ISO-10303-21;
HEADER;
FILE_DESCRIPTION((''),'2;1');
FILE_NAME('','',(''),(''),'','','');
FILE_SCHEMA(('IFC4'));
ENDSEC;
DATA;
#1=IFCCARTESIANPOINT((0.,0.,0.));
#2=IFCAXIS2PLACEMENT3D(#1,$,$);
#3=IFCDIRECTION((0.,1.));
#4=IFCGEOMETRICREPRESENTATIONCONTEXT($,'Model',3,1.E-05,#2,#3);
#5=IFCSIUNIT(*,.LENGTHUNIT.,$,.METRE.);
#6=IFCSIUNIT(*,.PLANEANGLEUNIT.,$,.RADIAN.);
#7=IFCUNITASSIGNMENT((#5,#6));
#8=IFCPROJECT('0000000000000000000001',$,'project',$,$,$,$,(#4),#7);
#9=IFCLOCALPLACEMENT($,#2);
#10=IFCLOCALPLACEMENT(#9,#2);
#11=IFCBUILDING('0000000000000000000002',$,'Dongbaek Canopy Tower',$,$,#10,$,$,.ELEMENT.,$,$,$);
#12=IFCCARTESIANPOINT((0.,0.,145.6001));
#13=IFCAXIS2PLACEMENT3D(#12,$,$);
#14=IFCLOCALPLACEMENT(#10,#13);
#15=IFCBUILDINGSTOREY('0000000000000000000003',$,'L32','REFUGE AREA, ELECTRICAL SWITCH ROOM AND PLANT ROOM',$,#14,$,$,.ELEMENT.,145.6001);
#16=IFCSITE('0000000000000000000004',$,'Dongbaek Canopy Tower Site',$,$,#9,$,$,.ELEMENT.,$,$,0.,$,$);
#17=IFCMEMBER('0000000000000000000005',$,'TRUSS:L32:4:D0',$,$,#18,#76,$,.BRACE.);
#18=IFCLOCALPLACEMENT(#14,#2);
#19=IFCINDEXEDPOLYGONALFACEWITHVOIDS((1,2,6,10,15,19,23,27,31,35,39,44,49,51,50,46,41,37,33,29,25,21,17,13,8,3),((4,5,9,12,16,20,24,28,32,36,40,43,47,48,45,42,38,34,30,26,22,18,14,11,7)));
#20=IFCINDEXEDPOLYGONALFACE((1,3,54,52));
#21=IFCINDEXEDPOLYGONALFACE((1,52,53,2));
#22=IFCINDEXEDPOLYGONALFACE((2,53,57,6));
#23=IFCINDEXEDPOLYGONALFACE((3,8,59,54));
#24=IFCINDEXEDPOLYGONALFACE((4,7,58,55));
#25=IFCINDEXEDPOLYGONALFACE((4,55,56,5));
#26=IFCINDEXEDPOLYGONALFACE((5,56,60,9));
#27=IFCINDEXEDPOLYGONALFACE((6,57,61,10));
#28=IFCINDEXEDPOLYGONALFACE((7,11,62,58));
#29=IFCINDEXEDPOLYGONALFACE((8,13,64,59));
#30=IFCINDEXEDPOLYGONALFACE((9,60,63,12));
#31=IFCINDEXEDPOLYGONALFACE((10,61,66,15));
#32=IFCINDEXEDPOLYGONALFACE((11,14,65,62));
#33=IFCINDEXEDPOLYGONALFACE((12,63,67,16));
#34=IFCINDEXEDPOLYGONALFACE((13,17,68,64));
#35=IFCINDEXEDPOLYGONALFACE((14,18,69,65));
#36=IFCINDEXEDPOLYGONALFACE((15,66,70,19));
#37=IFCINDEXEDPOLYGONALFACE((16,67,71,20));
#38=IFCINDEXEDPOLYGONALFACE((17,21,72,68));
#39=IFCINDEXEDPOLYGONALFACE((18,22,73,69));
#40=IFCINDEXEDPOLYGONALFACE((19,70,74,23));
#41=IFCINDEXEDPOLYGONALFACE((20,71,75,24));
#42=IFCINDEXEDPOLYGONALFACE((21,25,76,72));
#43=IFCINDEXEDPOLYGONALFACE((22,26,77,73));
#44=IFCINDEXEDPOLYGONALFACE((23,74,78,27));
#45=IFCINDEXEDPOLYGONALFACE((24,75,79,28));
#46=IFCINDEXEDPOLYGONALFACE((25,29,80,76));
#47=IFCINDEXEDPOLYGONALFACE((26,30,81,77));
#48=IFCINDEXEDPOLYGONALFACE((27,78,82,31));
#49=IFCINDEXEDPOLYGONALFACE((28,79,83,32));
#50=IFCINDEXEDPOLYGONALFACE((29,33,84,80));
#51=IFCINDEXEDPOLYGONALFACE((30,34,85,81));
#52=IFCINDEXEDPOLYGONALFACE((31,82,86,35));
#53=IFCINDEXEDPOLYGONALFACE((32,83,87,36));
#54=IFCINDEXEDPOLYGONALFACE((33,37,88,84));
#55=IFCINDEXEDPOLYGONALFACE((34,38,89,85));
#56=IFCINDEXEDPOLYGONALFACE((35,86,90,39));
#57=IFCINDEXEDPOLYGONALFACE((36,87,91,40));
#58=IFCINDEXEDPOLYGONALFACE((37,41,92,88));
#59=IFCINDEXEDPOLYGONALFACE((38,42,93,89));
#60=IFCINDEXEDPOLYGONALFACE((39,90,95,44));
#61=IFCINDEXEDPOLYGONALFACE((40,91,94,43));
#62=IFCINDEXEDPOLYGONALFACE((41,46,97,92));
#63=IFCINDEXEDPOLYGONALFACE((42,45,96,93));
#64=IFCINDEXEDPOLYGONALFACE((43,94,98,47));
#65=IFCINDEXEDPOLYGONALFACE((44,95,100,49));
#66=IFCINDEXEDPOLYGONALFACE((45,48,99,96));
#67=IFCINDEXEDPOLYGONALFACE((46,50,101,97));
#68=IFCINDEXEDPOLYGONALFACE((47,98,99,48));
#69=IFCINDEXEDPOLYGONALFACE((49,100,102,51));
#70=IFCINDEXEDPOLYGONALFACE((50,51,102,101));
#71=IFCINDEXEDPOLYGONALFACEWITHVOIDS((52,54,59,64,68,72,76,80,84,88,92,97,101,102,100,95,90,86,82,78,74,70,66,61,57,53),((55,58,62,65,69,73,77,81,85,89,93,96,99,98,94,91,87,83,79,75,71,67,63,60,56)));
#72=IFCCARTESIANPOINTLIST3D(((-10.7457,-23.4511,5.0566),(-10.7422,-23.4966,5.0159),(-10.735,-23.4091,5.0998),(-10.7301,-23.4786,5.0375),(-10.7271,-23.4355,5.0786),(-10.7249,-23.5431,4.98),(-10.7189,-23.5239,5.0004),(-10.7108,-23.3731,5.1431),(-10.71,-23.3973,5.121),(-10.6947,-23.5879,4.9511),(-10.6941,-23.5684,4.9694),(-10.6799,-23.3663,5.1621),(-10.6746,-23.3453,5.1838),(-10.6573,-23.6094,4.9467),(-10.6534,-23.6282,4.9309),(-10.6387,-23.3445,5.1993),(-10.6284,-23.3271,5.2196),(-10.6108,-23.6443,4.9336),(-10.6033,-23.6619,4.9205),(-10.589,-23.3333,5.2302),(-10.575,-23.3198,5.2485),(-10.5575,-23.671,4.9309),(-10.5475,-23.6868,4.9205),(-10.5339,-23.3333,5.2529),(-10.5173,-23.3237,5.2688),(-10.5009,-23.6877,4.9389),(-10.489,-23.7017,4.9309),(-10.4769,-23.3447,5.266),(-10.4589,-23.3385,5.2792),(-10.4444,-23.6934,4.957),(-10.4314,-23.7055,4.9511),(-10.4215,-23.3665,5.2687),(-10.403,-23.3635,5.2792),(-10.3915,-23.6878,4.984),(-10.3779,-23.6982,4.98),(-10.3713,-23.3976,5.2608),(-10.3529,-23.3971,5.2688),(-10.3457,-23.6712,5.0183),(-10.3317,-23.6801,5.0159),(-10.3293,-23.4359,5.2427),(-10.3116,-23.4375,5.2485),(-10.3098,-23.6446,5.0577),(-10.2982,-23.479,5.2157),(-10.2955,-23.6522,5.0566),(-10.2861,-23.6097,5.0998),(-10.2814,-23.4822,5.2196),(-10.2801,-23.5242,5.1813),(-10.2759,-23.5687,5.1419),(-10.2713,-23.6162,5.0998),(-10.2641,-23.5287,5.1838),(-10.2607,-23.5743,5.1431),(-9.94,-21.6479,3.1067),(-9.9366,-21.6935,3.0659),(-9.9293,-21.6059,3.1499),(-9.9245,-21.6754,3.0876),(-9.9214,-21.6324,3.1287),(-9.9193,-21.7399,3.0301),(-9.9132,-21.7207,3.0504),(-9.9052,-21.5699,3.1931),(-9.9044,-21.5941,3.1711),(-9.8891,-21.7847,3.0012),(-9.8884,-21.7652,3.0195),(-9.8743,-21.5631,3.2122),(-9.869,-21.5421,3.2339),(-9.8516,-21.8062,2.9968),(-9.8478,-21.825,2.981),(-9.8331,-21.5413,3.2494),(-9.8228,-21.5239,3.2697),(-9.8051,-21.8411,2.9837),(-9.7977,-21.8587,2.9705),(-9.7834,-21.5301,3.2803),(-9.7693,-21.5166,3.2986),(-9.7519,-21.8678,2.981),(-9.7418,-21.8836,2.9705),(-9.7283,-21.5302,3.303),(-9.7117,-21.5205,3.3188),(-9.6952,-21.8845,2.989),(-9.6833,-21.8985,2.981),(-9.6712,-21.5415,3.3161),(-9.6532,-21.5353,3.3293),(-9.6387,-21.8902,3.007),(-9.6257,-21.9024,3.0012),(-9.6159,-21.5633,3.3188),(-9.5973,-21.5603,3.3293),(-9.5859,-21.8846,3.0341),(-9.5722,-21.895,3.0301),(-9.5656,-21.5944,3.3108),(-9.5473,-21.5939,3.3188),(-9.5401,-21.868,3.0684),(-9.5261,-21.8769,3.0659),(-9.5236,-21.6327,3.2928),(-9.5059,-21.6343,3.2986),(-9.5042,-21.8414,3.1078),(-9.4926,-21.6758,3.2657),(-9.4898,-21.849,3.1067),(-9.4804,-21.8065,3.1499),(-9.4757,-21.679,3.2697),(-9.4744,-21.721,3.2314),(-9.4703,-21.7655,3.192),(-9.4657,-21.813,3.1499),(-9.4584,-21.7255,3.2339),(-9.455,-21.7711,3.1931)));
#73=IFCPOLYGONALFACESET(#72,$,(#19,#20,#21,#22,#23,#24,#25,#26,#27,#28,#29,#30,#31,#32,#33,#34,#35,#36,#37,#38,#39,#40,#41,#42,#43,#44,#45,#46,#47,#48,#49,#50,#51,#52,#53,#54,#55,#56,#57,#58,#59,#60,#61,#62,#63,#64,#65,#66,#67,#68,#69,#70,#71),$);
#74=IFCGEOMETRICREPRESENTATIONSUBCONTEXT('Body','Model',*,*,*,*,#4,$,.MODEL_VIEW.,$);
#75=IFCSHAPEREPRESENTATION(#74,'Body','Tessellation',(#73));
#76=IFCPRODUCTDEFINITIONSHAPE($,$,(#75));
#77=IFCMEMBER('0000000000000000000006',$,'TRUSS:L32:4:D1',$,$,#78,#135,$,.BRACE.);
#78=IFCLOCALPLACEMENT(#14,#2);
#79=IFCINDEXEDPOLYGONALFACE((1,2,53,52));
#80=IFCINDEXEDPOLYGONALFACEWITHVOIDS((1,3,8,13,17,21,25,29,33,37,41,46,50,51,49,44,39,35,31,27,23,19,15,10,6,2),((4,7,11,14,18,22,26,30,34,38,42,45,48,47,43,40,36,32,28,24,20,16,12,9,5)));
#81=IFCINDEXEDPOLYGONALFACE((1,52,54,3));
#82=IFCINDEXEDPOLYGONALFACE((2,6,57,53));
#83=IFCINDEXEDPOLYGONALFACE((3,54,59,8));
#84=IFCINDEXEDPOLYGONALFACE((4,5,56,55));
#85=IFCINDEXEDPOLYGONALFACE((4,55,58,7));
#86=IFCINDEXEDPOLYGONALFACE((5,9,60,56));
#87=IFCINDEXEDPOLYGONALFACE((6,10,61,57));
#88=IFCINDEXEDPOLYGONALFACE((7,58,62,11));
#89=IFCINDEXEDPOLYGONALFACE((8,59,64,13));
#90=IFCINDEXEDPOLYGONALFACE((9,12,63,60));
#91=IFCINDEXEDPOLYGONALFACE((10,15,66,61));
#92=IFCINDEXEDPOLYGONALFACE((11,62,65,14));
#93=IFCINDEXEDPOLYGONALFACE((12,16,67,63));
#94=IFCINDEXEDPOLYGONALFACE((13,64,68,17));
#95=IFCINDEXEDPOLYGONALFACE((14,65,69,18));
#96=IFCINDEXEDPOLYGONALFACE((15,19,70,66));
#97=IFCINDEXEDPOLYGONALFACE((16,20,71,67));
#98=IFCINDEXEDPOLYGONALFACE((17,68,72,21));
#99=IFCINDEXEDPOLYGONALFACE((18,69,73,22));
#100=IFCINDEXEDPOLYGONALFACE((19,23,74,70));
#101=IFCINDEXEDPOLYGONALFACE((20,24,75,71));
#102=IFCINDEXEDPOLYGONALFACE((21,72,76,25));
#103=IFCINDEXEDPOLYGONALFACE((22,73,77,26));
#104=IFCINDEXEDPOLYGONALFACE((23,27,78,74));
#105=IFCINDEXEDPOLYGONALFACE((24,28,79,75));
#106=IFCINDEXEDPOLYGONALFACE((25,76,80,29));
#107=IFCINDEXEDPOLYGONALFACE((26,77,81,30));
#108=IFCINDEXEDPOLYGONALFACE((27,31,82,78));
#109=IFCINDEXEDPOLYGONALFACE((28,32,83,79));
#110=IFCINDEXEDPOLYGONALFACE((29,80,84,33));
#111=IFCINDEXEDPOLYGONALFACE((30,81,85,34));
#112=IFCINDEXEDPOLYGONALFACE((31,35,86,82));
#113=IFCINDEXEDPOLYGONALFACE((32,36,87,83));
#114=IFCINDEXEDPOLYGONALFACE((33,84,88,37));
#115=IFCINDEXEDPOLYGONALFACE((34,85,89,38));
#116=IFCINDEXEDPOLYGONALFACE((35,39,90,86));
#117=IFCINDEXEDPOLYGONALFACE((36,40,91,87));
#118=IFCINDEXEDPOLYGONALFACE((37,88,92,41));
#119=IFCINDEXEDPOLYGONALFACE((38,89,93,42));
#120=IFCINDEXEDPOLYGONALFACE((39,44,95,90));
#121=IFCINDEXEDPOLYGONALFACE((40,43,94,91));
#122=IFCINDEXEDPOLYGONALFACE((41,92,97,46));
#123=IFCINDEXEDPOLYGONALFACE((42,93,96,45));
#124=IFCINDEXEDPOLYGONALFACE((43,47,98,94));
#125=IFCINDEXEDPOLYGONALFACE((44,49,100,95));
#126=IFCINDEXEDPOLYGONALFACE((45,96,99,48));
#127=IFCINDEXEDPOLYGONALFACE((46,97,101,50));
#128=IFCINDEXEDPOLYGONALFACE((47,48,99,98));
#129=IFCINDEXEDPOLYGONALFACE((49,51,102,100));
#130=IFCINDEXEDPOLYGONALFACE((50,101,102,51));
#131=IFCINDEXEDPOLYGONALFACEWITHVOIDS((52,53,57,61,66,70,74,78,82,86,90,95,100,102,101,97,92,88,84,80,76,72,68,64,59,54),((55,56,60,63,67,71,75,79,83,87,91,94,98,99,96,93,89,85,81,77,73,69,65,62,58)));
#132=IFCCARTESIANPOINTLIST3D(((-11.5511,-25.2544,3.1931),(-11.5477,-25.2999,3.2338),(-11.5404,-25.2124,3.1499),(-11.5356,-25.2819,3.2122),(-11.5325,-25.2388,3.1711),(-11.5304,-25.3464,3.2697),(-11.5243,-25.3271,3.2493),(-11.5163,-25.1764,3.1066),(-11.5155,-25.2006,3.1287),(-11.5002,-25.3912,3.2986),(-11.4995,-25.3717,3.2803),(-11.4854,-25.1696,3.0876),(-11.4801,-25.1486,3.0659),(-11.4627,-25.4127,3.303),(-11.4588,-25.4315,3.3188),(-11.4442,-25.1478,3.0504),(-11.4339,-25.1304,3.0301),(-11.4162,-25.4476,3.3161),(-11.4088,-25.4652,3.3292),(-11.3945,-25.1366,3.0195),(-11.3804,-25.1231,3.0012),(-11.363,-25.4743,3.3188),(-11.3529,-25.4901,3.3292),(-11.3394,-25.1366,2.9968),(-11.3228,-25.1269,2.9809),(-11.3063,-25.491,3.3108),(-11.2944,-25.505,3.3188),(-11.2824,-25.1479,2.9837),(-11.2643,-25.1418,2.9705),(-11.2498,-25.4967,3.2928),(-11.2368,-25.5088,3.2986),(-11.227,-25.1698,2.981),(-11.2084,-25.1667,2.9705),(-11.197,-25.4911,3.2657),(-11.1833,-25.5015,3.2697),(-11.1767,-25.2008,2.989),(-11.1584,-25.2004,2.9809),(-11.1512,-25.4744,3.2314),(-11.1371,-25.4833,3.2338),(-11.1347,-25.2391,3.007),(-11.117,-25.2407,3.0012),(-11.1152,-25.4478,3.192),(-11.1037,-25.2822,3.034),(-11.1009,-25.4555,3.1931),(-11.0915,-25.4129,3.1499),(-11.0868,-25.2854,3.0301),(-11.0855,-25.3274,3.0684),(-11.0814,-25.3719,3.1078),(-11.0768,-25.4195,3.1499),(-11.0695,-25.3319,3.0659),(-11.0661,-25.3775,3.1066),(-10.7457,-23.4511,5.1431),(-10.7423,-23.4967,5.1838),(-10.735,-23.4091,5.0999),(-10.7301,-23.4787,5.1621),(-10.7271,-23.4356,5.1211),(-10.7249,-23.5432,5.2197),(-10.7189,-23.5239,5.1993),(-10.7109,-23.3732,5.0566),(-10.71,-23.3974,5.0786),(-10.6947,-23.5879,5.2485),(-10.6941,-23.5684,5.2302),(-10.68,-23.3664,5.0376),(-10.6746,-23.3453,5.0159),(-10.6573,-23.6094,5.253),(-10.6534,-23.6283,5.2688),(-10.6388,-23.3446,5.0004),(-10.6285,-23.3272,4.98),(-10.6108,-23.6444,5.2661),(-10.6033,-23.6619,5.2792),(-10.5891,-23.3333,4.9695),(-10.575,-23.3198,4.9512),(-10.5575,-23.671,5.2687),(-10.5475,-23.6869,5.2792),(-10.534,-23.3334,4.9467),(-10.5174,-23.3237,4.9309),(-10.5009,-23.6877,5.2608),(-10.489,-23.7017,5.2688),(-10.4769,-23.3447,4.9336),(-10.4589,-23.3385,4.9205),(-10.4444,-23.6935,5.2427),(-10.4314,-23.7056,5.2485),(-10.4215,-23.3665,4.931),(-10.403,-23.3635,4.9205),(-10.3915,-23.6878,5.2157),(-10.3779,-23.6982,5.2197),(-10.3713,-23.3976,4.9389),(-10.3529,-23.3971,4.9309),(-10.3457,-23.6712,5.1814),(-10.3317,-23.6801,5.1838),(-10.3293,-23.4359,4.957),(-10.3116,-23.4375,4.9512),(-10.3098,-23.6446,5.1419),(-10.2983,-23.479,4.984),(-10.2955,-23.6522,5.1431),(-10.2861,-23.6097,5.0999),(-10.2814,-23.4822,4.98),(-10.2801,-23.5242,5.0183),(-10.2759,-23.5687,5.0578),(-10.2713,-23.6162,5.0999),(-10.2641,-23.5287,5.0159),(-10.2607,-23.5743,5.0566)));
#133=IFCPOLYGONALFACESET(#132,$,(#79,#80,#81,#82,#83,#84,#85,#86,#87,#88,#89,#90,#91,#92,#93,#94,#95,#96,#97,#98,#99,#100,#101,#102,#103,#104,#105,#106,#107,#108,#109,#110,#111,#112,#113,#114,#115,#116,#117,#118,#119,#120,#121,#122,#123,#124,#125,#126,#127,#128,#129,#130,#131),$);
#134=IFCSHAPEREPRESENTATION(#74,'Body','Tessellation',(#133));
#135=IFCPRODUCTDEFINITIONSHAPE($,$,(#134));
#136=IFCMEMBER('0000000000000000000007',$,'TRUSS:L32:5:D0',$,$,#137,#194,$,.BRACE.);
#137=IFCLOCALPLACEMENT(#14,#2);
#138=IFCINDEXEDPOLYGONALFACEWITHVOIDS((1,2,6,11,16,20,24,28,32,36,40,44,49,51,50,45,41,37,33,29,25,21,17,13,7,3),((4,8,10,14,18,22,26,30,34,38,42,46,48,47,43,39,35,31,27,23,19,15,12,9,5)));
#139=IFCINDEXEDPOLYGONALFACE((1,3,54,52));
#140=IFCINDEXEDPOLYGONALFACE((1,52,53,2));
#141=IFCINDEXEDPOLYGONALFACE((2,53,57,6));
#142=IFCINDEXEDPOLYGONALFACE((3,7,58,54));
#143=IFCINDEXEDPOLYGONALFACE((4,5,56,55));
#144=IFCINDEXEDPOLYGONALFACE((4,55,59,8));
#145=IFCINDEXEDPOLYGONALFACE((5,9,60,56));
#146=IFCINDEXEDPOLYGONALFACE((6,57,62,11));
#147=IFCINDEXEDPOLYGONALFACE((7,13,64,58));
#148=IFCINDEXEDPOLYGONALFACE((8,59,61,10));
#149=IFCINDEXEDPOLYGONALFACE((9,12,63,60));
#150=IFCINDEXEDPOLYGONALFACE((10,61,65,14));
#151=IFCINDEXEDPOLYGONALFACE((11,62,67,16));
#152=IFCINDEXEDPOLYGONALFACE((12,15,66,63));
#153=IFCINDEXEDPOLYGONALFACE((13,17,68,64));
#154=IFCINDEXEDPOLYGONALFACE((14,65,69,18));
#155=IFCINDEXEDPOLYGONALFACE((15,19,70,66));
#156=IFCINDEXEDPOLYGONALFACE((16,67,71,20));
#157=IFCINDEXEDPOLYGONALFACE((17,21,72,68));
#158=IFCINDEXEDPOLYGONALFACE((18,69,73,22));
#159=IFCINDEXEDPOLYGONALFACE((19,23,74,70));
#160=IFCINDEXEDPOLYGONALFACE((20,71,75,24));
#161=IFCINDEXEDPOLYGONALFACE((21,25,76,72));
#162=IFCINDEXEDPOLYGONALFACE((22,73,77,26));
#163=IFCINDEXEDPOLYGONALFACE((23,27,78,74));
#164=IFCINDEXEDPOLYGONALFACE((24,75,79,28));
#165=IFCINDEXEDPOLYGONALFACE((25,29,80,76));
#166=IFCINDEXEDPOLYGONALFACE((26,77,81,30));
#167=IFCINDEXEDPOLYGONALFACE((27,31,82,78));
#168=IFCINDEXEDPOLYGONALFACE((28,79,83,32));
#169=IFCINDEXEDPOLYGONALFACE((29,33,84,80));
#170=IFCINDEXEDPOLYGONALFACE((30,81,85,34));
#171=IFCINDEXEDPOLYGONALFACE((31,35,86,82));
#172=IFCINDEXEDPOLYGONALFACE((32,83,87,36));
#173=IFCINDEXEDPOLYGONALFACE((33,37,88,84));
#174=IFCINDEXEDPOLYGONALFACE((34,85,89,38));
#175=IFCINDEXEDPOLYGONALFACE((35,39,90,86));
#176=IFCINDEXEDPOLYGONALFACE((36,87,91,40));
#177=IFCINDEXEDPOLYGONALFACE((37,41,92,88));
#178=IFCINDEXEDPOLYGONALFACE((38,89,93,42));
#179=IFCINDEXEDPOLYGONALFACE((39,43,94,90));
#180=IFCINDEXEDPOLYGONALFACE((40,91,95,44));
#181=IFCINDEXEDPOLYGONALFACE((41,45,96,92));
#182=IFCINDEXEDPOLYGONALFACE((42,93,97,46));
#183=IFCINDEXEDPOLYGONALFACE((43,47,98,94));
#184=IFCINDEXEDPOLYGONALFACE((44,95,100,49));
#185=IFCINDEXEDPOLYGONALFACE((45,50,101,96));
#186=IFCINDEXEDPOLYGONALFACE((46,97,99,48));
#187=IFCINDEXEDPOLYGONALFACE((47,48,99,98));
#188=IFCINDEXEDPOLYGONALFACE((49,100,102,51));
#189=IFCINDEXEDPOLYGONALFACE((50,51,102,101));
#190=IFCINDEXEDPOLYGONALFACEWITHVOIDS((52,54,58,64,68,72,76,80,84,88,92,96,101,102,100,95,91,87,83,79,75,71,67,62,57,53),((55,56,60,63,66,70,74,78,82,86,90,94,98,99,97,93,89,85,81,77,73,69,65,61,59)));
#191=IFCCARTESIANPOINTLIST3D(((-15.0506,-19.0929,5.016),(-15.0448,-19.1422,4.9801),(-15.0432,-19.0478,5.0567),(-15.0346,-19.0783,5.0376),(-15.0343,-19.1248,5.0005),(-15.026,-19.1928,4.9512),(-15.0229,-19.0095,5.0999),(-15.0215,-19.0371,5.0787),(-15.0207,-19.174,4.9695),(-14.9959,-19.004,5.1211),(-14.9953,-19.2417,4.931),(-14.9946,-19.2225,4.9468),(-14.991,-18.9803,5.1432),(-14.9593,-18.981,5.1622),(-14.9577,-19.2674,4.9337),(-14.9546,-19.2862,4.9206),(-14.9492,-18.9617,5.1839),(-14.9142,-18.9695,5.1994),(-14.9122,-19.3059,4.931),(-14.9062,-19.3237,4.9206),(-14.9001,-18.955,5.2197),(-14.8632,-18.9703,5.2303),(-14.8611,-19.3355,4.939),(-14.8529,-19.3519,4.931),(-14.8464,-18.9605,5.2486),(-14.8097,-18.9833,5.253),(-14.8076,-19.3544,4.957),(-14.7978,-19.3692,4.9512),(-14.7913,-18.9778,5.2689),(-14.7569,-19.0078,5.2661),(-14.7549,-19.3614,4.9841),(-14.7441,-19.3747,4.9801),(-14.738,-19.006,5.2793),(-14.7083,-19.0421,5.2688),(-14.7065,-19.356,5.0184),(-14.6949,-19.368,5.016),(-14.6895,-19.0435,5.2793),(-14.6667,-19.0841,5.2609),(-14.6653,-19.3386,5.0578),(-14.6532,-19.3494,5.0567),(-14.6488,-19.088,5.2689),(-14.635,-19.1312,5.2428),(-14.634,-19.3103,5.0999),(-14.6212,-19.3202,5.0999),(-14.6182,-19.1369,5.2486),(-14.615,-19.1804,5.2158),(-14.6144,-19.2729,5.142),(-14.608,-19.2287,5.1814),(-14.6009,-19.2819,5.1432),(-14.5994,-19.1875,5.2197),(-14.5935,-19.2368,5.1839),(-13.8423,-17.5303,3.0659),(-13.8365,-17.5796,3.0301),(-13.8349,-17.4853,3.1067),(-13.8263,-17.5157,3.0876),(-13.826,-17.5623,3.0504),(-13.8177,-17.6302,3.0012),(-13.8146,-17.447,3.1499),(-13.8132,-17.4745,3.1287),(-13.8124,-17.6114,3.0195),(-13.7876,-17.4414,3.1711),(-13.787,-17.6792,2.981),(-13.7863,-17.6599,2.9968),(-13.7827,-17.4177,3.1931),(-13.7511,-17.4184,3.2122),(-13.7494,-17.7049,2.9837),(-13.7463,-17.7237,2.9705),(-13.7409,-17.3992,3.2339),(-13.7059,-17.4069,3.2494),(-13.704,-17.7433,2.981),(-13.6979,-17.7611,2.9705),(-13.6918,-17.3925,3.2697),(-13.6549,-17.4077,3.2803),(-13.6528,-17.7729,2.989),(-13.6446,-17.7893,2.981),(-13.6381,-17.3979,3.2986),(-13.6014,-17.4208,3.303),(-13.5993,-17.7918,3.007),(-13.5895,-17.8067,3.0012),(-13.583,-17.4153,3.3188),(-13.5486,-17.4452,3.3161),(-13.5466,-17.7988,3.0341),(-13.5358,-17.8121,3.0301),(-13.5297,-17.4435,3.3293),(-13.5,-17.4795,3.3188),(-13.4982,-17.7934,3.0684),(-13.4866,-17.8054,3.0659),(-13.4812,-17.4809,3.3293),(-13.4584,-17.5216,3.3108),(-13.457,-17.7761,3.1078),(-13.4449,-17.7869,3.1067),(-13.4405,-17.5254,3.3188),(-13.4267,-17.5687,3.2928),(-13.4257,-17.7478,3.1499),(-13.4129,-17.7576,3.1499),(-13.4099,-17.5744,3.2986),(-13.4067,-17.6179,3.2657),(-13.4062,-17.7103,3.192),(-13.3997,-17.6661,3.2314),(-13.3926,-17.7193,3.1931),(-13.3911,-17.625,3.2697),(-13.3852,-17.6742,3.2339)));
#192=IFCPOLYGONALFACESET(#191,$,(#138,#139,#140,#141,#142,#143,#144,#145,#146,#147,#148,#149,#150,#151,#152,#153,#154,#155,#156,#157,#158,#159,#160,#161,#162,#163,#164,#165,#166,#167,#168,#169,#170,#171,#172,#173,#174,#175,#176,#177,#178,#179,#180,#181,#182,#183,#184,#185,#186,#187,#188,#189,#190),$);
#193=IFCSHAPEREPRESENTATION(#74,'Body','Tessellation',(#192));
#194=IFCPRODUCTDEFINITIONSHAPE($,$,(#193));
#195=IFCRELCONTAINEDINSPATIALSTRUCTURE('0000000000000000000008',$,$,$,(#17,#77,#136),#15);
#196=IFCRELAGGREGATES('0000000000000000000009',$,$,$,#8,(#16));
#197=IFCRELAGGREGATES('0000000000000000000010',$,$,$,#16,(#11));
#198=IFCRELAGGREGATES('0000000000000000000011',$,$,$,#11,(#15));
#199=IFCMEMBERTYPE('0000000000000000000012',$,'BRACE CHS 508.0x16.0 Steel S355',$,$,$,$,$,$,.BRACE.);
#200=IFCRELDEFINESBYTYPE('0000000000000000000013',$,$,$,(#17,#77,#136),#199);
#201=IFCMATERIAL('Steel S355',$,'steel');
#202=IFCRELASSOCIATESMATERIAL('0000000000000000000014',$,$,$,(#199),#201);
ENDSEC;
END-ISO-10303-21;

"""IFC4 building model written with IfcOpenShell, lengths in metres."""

from ifc_helpers import new_model, si_unit, direction, frame, origin, origin_2d, place, context, subcontext, project, spatial, hollow_circle, extrude, material, material_profile, profile_set, type_object, element, save


model = new_model("IFC4")

# Units and contexts
model_context = context("Model", 3, precision=1e-05, world=origin(), true_north=direction((0.0, 1.0)))
body_context = subcontext(model_context, "Body", "Model", "MODEL_VIEW")
ifc_project = project(units=[si_unit("LENGTHUNIT", "METRE"), si_unit("PLANEANGLEUNIT", "RADIAN")], contexts=[model_context])

# Site, building, storey
site_placement = place(None, origin())
site = spatial("IfcSite", under=ifc_project, at=site_placement, Name="Dongbaek Canopy Tower Site", CompositionType="ELEMENT", RefElevation=0.0)
building_placement = place(site_placement, origin())
building = spatial("IfcBuilding", under=site, at=building_placement, Name="Dongbaek Canopy Tower", CompositionType="ELEMENT")
storey_placement = place(building_placement, frame((0.0, 0.0, 145.6001)))
storey = spatial("IfcBuildingStorey", under=building, at=storey_placement, Name="L32", Description="REFUGE AREA, ELECTRICAL SWITCH ROOM AND PLANT ROOM", CompositionType="ELEMENT", Elevation=145.6001)

# Members
ifc_material_1 = material(Name="Steel S355", Category="steel")
ifc_material_profile_1 = material_profile(ifc_material_1, hollow_circle(Radius=0.2539, WallThickness=0.0161, at=origin_2d()), Name="BRACE CHS 508.0x16.0 Steel S355")
ifc_profile_set_1 = profile_set([ifc_material_profile_1], Name="Steel S355")
member_type_1 = type_object("IfcMemberType", Name="BRACE CHS 508.0x16.0 Steel S355", PredefinedType="BRACE", material=ifc_profile_set_1)
for number, where, z_axis, x_axis, name in (
    (1, (-9.6975, -21.7095, 3.1499), (-0.290284, -0.649709, 0.702576), (0.913015, -0.407927, 0.0), "TRUSS:L32:4:D0"),
    (2, (-10.5032, -23.5127, 5.0999), (-0.290204, -0.649726, -0.702594), (0.913061, -0.407824, 0.0), "TRUSS:L32:4:D1"),
):
    element("IfcMember", number, at=place(storey_placement, frame(where, z_axis=z_axis, x_axis=x_axis)), inside=storey, type_object=member_type_1, Name=name, PredefinedType="BRACE", context=body_context, shape_type="SweptSolid", body=[
        extrude(hollow_circle(Radius=0.2539, WallThickness=0.0161, at=origin_2d()), origin(), (0.0, 0.0, 1.0), 2.7754),
    ])
member_1_placement = place(storey_placement, frame((-13.6138, -17.6023, 3.1499), z_axis=(-0.435322, -0.562955, 0.70255), x_axis=(0.791073, -0.611722, 0.0)))
element("IfcMember", 3, at=member_1_placement, inside=storey, type_object=member_type_1, Name="TRUSS:L32:5:D0", PredefinedType="BRACE", context=body_context, shape_type="SweptSolid", body=[
    extrude(hollow_circle(Radius=0.2539, WallThickness=0.0161, at=origin_2d()), origin(), (0.0, 0.0, 1.0), 2.7756),
])

save(model, "model.ifc")
